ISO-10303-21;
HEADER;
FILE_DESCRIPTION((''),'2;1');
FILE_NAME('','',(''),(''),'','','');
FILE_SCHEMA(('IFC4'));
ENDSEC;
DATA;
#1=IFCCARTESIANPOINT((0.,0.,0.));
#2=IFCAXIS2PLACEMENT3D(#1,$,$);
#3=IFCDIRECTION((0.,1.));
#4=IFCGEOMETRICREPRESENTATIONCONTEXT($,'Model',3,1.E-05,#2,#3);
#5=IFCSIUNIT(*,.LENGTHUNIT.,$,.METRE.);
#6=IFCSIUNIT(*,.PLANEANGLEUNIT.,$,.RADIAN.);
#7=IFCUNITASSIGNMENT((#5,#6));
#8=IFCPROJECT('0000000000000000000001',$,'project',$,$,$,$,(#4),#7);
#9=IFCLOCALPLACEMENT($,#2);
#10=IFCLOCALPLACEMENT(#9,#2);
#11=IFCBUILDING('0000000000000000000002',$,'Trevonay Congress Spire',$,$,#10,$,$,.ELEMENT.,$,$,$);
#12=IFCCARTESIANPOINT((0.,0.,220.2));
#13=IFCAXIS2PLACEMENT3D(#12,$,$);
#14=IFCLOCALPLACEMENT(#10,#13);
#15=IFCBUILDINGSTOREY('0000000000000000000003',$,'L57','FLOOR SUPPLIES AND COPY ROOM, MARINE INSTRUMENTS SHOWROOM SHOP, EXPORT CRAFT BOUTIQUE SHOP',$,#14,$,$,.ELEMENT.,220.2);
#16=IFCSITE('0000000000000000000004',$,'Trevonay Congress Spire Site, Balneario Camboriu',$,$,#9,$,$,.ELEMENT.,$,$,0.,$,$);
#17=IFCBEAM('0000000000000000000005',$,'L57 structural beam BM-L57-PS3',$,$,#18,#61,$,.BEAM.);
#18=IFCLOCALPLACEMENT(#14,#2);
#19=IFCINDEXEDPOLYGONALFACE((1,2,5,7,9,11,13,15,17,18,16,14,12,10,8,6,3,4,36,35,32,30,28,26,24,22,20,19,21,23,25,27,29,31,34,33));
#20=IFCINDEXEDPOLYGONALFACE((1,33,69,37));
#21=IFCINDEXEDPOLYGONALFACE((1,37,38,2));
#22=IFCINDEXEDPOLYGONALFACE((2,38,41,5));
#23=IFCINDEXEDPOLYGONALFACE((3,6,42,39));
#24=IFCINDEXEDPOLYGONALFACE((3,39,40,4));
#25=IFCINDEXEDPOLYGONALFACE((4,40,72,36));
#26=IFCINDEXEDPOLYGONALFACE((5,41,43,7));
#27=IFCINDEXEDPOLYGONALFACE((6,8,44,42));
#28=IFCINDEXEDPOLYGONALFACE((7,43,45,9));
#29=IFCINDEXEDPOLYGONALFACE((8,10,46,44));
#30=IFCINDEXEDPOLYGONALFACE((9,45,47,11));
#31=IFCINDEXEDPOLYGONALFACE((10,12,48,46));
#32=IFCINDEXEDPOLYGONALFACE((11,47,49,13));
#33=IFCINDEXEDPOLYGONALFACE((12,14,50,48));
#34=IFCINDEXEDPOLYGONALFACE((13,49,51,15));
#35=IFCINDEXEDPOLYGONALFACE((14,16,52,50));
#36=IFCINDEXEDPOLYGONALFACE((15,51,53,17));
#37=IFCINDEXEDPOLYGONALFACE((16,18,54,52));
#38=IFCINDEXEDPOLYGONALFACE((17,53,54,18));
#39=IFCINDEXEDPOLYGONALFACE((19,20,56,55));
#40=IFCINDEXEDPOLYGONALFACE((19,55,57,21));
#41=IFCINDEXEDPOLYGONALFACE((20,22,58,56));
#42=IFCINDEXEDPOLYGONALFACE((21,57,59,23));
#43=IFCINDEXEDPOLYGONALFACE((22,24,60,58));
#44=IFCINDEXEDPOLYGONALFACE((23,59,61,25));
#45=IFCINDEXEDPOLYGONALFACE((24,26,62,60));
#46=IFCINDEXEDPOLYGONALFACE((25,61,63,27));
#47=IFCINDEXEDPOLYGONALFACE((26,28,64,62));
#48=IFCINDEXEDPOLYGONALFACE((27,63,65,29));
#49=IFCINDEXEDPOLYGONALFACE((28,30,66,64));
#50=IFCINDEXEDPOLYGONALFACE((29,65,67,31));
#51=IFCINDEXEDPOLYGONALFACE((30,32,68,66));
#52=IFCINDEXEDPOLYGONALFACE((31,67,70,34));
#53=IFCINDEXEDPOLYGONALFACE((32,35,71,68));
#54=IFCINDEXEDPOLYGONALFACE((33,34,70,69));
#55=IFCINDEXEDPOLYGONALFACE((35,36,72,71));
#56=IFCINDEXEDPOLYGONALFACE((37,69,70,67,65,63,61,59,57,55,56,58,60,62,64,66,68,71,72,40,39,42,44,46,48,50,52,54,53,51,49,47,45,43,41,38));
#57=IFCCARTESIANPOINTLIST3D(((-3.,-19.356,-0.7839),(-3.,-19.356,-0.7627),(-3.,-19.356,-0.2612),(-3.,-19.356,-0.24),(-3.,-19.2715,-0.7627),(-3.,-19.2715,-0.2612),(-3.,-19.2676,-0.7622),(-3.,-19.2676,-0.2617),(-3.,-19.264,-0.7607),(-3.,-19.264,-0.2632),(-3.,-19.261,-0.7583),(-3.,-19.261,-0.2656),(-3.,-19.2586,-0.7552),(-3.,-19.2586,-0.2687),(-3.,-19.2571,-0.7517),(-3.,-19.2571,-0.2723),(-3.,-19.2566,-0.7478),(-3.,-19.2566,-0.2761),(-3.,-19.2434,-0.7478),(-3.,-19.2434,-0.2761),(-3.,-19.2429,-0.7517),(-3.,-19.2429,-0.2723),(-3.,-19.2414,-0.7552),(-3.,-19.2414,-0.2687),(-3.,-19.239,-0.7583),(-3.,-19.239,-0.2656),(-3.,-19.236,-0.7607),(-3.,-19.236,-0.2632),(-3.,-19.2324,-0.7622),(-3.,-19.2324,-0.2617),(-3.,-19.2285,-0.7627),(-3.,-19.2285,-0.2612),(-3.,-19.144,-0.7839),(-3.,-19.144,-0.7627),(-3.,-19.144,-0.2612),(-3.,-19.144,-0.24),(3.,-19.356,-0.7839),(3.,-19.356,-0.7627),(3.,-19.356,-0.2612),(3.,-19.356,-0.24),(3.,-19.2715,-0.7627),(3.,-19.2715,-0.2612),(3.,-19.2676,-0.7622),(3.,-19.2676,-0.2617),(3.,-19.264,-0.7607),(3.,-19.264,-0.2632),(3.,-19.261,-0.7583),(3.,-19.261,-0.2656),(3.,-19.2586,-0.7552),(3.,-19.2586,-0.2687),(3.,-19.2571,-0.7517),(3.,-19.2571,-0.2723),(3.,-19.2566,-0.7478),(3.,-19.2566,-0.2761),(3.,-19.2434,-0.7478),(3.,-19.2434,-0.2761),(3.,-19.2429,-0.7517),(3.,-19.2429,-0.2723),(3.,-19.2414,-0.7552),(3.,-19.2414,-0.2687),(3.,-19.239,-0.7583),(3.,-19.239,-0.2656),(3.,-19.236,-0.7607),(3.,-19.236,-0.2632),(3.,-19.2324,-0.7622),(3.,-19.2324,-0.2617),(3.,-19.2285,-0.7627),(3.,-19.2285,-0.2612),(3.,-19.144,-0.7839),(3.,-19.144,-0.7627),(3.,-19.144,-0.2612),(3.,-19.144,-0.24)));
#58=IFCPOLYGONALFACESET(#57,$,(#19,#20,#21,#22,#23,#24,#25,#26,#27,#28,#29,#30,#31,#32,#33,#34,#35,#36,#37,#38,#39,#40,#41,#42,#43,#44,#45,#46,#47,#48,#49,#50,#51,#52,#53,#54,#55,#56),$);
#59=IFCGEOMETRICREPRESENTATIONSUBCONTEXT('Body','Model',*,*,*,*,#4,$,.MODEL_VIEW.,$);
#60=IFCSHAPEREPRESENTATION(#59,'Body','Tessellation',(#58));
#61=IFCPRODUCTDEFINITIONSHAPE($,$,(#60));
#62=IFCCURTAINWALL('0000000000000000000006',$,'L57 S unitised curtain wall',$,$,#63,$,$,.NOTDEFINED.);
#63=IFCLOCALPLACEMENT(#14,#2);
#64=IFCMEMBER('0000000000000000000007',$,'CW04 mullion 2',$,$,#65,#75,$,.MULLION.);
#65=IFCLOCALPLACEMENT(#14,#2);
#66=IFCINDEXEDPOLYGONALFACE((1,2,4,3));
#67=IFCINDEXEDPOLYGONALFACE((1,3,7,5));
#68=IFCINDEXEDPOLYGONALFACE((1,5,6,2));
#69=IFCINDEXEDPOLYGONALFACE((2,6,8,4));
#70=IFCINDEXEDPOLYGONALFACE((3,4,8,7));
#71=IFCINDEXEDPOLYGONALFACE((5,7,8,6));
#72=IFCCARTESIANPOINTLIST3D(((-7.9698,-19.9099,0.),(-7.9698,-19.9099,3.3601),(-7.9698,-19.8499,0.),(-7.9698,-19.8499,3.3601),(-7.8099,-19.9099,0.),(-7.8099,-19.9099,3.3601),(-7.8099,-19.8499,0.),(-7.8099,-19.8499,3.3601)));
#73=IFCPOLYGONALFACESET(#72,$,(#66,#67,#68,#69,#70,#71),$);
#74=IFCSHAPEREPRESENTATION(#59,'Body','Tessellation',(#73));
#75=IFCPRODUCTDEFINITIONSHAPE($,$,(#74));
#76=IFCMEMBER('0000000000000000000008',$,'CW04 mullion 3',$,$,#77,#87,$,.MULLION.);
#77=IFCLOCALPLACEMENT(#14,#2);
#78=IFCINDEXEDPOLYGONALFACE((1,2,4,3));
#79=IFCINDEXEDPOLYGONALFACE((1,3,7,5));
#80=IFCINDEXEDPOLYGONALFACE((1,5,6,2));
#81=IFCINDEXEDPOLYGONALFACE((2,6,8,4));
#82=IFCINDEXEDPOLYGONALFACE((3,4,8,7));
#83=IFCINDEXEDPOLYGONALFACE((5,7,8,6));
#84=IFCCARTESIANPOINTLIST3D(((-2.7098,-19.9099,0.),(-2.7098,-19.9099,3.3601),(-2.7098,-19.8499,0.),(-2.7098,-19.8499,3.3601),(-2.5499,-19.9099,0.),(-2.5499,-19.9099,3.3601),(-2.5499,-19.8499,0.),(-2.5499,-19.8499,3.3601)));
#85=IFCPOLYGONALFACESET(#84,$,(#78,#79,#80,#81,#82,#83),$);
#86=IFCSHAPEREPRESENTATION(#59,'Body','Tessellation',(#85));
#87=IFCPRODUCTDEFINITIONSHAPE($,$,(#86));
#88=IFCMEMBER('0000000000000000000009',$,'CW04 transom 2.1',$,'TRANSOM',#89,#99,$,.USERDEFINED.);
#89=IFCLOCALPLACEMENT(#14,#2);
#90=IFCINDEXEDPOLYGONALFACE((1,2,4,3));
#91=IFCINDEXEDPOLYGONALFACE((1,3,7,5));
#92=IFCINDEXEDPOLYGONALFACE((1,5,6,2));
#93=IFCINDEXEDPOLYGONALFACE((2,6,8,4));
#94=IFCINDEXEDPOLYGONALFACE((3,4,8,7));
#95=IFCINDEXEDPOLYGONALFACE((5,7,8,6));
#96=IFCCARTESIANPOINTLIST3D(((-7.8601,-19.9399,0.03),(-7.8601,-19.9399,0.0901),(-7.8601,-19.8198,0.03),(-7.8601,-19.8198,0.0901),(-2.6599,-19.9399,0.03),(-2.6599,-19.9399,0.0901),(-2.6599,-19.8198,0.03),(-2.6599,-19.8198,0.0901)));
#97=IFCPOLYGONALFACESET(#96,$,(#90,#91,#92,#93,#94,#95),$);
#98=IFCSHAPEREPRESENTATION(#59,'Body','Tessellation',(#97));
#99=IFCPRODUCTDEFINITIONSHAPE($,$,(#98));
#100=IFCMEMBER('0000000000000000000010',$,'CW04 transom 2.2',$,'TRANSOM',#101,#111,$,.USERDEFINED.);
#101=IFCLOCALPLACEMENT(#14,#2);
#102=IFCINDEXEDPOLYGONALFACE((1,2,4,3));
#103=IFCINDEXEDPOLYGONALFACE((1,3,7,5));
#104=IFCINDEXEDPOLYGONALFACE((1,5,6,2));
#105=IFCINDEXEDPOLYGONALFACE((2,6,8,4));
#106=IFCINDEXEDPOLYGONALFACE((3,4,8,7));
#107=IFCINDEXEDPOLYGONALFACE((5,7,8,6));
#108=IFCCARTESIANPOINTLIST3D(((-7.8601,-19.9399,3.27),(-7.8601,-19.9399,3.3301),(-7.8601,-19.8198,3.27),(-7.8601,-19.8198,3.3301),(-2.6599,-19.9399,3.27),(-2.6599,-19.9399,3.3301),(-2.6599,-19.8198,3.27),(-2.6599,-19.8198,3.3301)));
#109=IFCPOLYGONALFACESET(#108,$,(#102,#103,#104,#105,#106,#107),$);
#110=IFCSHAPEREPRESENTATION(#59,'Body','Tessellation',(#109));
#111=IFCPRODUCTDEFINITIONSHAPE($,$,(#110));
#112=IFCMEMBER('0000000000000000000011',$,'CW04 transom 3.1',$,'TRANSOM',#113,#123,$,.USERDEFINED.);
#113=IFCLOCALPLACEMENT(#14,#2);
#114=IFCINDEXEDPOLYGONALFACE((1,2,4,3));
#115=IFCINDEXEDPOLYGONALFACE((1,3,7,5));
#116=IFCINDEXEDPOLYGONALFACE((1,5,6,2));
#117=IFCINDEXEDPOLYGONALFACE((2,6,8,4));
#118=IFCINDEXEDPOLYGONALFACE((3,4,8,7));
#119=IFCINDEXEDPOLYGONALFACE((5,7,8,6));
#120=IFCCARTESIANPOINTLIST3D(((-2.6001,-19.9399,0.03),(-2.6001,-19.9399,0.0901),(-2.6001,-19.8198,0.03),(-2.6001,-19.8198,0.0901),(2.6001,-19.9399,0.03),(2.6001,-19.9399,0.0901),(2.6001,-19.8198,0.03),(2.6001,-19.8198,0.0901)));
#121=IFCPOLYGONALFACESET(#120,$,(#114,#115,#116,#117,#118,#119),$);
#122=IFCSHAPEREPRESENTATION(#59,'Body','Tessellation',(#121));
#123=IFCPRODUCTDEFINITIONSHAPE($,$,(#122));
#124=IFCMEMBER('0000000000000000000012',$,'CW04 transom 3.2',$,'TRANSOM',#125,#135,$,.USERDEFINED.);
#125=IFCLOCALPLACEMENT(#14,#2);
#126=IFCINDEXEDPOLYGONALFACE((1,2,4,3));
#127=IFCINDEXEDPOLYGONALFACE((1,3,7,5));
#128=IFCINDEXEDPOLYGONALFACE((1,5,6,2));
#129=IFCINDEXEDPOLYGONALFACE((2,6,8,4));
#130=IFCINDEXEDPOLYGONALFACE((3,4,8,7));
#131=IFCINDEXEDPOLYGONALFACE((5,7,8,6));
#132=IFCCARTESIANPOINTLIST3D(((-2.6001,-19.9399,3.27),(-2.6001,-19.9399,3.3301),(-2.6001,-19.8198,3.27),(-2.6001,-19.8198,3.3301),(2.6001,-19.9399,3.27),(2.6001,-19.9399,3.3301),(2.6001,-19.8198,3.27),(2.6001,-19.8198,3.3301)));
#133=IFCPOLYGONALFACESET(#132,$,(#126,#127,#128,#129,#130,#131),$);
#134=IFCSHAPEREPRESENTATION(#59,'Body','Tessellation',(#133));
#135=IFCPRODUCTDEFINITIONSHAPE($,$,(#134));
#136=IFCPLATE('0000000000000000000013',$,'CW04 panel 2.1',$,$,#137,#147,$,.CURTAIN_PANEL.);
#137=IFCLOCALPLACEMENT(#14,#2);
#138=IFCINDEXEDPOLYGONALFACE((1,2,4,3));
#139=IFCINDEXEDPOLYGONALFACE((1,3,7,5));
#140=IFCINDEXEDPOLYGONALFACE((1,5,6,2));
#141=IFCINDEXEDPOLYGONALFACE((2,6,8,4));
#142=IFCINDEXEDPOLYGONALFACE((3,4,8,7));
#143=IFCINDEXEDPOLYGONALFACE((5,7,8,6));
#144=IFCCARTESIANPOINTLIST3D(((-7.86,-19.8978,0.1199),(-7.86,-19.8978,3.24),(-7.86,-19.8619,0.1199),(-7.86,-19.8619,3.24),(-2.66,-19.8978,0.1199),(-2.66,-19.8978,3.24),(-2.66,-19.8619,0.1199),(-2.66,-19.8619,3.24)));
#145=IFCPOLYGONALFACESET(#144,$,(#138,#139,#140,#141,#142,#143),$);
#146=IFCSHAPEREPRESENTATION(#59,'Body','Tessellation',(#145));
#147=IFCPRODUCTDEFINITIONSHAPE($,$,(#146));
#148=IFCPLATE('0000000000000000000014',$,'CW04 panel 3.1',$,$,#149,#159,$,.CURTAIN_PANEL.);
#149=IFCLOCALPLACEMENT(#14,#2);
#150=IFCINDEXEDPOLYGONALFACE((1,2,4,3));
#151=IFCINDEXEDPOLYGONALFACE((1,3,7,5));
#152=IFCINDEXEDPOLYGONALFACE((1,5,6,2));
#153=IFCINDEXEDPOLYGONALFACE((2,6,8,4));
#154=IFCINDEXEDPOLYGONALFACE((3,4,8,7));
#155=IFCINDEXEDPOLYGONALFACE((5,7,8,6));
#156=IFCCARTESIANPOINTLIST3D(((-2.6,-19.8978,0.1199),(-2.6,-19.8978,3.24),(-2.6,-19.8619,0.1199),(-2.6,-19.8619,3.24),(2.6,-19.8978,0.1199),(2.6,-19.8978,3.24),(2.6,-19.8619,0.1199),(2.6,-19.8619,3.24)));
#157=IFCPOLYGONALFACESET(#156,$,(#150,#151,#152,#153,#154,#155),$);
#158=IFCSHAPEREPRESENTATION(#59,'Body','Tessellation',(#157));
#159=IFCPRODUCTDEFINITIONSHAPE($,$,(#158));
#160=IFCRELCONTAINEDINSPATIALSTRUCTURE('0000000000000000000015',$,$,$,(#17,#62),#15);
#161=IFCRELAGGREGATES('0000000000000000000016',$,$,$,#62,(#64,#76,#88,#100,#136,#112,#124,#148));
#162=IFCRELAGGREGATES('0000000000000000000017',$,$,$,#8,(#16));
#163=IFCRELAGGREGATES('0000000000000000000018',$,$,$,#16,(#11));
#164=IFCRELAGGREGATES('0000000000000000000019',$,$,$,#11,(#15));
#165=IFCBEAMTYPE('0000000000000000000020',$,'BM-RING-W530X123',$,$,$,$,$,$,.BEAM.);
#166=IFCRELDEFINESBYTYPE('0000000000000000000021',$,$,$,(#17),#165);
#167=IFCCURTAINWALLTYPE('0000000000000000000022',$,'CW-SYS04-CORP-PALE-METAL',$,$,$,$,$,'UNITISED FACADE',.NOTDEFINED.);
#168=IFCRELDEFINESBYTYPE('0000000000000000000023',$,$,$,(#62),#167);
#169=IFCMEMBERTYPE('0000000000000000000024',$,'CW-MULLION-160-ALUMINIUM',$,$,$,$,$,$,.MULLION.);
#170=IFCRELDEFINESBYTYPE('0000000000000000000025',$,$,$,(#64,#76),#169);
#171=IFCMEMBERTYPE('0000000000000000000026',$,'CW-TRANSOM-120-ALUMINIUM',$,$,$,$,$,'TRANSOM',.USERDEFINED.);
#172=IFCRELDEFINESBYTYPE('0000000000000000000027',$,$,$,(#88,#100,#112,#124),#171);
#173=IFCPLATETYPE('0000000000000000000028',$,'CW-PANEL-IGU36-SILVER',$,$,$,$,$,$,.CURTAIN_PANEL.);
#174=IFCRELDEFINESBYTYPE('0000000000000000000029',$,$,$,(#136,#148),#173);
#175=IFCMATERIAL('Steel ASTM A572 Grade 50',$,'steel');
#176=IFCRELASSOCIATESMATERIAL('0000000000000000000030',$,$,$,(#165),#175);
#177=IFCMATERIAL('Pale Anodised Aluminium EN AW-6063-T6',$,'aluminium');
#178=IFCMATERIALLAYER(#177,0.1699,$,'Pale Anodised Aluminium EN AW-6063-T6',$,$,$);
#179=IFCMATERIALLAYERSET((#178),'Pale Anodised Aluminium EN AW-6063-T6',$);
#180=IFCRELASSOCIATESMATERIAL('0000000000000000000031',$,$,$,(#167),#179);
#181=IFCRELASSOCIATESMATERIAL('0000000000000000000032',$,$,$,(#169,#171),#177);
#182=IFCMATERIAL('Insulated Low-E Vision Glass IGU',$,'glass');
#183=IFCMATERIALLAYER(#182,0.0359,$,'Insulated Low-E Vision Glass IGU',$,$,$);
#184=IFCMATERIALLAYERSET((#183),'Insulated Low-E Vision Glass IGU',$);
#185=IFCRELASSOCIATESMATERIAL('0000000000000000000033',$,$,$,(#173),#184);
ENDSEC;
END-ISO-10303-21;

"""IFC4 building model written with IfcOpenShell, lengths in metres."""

from ifc_helpers import new_model, si_unit, direction, frame, origin, origin_2d, place, context, subcontext, project, spatial, rectangle, i_section, extrude, material, layer, layer_set, material_profile, profile_set, type_object, element, aggregate, save


model = new_model("IFC4")

# Units and contexts
model_context = context("Model", 3, precision=1e-05, world=origin(), true_north=direction((0.0, 1.0)))
body_context = subcontext(model_context, "Body", "Model", "MODEL_VIEW")
ifc_project = project(units=[si_unit("LENGTHUNIT", "METRE"), si_unit("PLANEANGLEUNIT", "RADIAN")], contexts=[model_context])

# Site, building, storey
site_placement = place(None, origin())
site = spatial("IfcSite", under=ifc_project, at=site_placement, Name="Trevonay Congress Spire Site, Balneario Camboriu", CompositionType="ELEMENT", RefElevation=0.0)
building_placement = place(site_placement, origin())
building = spatial("IfcBuilding", under=site, at=building_placement, Name="Trevonay Congress Spire", CompositionType="ELEMENT")
storey_placement = place(building_placement, frame((0.0, 0.0, 220.2)))
storey = spatial("IfcBuildingStorey", under=building, at=storey_placement, Name="L57", Description="FLOOR SUPPLIES AND COPY ROOM, MARINE INSTRUMENTS SHOWROOM SHOP, EXPORT CRAFT BOUTIQUE SHOP", CompositionType="ELEMENT", Elevation=220.2)

# Shared definitions
ifc_material_1 = material(Name="Steel ASTM A572 Grade 50", Category="steel")

# Beam
ifc_material_profile_1 = material_profile(ifc_material_1, i_section(OverallWidth=0.2119, OverallDepth=0.5439, WebThickness=0.0132, FlangeThickness=0.0212, FilletRadius=0.0149, at=origin_2d()), Name="W530x123")
ifc_profile_set_1 = profile_set([ifc_material_profile_1], Name="Steel ASTM A572 Grade 50")
beam_type_1 = type_object("IfcBeamType", Name="BM-RING-W530X123", PredefinedType="BEAM", material=ifc_profile_set_1)
beam_1_placement = place(storey_placement, frame((-3.0, -19.25, -0.512), z_axis=(1.0, 0.0, 0.0), x_axis=(0.0, 1.0, 0.0)))
element("IfcBeam", 1, at=beam_1_placement, inside=storey, type_object=beam_type_1, Name="L57 structural beam BM-L57-PS3", PredefinedType="BEAM", context=body_context, shape_type="SweptSolid", body=[
    extrude(i_section(OverallWidth=0.2119, OverallDepth=0.5439, WebThickness=0.0132, FlangeThickness=0.0212, FilletRadius=0.0149, at=origin_2d()), origin(), (0.0, 0.0, 1.0), 6.0),
])

# Curtain wall, members, plates
ifc_material_2 = material(Name="Pale Anodised Aluminium EN AW-6063-T6", Category="aluminium")
ifc_layer_1 = layer(ifc_material_2, 0.1699, Name="Pale Anodised Aluminium EN AW-6063-T6")
ifc_layer_set_1 = layer_set([ifc_layer_1], Name="Pale Anodised Aluminium EN AW-6063-T6")
curtain_wall_type = type_object("IfcCurtainWallType", Name="CW-SYS04-CORP-PALE-METAL", ElementType="UNITISED FACADE", PredefinedType="NOTDEFINED", material=ifc_layer_set_1)
curtain_wall_placement = place(storey_placement, origin())
curtain_wall = element("IfcCurtainWall", 2, at=curtain_wall_placement, inside=storey, type_object=curtain_wall_type, Name="L57 S unitised curtain wall", PredefinedType="NOTDEFINED")
ifc_material_profile_2 = material_profile(ifc_material_2, rectangle(XDim=0.0601, YDim=0.1599, at=origin_2d()), Name="CW-MULLION-160-ALUMINIUM")
ifc_profile_set_2 = profile_set([ifc_material_profile_2], Name="Pale Anodised Aluminium EN AW-6063-T6")
member_type_1 = type_object("IfcMemberType", Name="CW-MULLION-160-ALUMINIUM", PredefinedType="MULLION", material=ifc_profile_set_2)
member_1_placement = place(storey_placement, frame((-7.8899, -19.8799, 0.0), z_axis=(0.0, 0.0, 1.0), x_axis=(0.0, 1.0, 0.0)))
member_1 = element("IfcMember", 3, at=member_1_placement, type_object=member_type_1, Name="CW04 mullion 2", PredefinedType="MULLION", context=body_context, shape_type="SweptSolid", body=[
    extrude(rectangle(XDim=0.0601, YDim=0.1599, at=origin_2d()), origin(), (0.0, 0.0, 1.0), 3.3601),
])
member_2_placement = place(storey_placement, frame((-2.6299, -19.8799, 0.0), z_axis=(0.0, 0.0, 1.0), x_axis=(0.0, 1.0, 0.0)))
member_2 = element("IfcMember", 4, at=member_2_placement, type_object=member_type_1, Name="CW04 mullion 3", PredefinedType="MULLION", context=body_context, shape_type="SweptSolid", body=[
    extrude(rectangle(XDim=0.0601, YDim=0.1599, at=origin_2d()), origin(), (0.0, 0.0, 1.0), 3.3601),
])
ifc_material_profile_3 = material_profile(ifc_material_2, rectangle(XDim=0.1201, YDim=0.0601, at=origin_2d()), Name="CW-TRANSOM-120-ALUMINIUM")
ifc_profile_set_3 = profile_set([ifc_material_profile_3], Name="Pale Anodised Aluminium EN AW-6063-T6")
member_type_2 = type_object("IfcMemberType", Name="CW-TRANSOM-120-ALUMINIUM", ElementType="TRANSOM", PredefinedType="USERDEFINED", material=ifc_profile_set_3)
member_3_placement = place(storey_placement, frame((-7.8601, -19.8799, 0.0601), z_axis=(1.0, 0.0, 0.0), x_axis=(0.0, 1.0, 0.0)))
member_3 = element("IfcMember", 5, at=member_3_placement, type_object=member_type_2, Name="CW04 transom 2.1", ObjectType="TRANSOM", PredefinedType="USERDEFINED", context=body_context, shape_type="SweptSolid", body=[
    extrude(rectangle(XDim=0.1201, YDim=0.0601, at=origin_2d()), origin(), (0.0, 0.0, 1.0), 5.2002),
])
member_4_placement = place(storey_placement, frame((-7.8601, -19.8799, 3.3), z_axis=(1.0, 0.0, 0.0), x_axis=(0.0, 1.0, 0.0)))
member_4 = element("IfcMember", 6, at=member_4_placement, type_object=member_type_2, Name="CW04 transom 2.2", ObjectType="TRANSOM", PredefinedType="USERDEFINED", context=body_context, shape_type="SweptSolid", body=[
    extrude(rectangle(XDim=0.1201, YDim=0.0601, at=origin_2d()), origin(), (0.0, 0.0, 1.0), 5.2002),
])
member_5_placement = place(storey_placement, frame((-2.6001, -19.8799, 0.0601), z_axis=(1.0, 0.0, 0.0), x_axis=(0.0, 1.0, 0.0)))
member_5 = element("IfcMember", 7, at=member_5_placement, type_object=member_type_2, Name="CW04 transom 3.1", ObjectType="TRANSOM", PredefinedType="USERDEFINED", context=body_context, shape_type="SweptSolid", body=[
    extrude(rectangle(XDim=0.1201, YDim=0.0601, at=origin_2d()), origin(), (0.0, 0.0, 1.0), 5.2002),
])
member_6_placement = place(storey_placement, frame((-2.6001, -19.8799, 3.3), z_axis=(1.0, 0.0, 0.0), x_axis=(0.0, 1.0, 0.0)))
member_6 = element("IfcMember", 8, at=member_6_placement, type_object=member_type_2, Name="CW04 transom 3.2", ObjectType="TRANSOM", PredefinedType="USERDEFINED", context=body_context, shape_type="SweptSolid", body=[
    extrude(rectangle(XDim=0.1201, YDim=0.0601, at=origin_2d()), origin(), (0.0, 0.0, 1.0), 5.2002),
])
ifc_material_3 = material(Name="Insulated Low-E Vision Glass IGU", Category="glass")
ifc_layer_2 = layer(ifc_material_3, 0.0359, Name="Insulated Low-E Vision Glass IGU")
ifc_layer_set_2 = layer_set([ifc_layer_2], Name="Insulated Low-E Vision Glass IGU")
plate_type = type_object("IfcPlateType", Name="CW-PANEL-IGU36-SILVER", PredefinedType="CURTAIN_PANEL", material=ifc_layer_set_2)
plate_1_placement = place(storey_placement, frame((-5.26, -19.8799, 0.1199), z_axis=(0.0, 0.0, 1.0), x_axis=(1.0, 0.0, 0.0)))
plate_1 = element("IfcPlate", 9, at=plate_1_placement, type_object=plate_type, Name="CW04 panel 2.1", PredefinedType="CURTAIN_PANEL", context=body_context, shape_type="SweptSolid", body=[
    extrude(rectangle(XDim=5.2, YDim=0.0359, at=origin_2d()), origin(), (0.0, 0.0, 1.0), 3.1201),
])
plate_2_placement = place(storey_placement, frame((0.0, -19.8799, 0.1199), z_axis=(0.0, 0.0, 1.0), x_axis=(1.0, 0.0, 0.0)))
plate_2 = element("IfcPlate", 10, at=plate_2_placement, type_object=plate_type, Name="CW04 panel 3.1", PredefinedType="CURTAIN_PANEL", context=body_context, shape_type="SweptSolid", body=[
    extrude(rectangle(XDim=5.2, YDim=0.0359, at=origin_2d()), origin(), (0.0, 0.0, 1.0), 3.1201),
])
aggregate(curtain_wall, [member_1, member_2, member_3, member_4, plate_1, member_5, member_6, plate_2])

save(model, "model.ifc")
